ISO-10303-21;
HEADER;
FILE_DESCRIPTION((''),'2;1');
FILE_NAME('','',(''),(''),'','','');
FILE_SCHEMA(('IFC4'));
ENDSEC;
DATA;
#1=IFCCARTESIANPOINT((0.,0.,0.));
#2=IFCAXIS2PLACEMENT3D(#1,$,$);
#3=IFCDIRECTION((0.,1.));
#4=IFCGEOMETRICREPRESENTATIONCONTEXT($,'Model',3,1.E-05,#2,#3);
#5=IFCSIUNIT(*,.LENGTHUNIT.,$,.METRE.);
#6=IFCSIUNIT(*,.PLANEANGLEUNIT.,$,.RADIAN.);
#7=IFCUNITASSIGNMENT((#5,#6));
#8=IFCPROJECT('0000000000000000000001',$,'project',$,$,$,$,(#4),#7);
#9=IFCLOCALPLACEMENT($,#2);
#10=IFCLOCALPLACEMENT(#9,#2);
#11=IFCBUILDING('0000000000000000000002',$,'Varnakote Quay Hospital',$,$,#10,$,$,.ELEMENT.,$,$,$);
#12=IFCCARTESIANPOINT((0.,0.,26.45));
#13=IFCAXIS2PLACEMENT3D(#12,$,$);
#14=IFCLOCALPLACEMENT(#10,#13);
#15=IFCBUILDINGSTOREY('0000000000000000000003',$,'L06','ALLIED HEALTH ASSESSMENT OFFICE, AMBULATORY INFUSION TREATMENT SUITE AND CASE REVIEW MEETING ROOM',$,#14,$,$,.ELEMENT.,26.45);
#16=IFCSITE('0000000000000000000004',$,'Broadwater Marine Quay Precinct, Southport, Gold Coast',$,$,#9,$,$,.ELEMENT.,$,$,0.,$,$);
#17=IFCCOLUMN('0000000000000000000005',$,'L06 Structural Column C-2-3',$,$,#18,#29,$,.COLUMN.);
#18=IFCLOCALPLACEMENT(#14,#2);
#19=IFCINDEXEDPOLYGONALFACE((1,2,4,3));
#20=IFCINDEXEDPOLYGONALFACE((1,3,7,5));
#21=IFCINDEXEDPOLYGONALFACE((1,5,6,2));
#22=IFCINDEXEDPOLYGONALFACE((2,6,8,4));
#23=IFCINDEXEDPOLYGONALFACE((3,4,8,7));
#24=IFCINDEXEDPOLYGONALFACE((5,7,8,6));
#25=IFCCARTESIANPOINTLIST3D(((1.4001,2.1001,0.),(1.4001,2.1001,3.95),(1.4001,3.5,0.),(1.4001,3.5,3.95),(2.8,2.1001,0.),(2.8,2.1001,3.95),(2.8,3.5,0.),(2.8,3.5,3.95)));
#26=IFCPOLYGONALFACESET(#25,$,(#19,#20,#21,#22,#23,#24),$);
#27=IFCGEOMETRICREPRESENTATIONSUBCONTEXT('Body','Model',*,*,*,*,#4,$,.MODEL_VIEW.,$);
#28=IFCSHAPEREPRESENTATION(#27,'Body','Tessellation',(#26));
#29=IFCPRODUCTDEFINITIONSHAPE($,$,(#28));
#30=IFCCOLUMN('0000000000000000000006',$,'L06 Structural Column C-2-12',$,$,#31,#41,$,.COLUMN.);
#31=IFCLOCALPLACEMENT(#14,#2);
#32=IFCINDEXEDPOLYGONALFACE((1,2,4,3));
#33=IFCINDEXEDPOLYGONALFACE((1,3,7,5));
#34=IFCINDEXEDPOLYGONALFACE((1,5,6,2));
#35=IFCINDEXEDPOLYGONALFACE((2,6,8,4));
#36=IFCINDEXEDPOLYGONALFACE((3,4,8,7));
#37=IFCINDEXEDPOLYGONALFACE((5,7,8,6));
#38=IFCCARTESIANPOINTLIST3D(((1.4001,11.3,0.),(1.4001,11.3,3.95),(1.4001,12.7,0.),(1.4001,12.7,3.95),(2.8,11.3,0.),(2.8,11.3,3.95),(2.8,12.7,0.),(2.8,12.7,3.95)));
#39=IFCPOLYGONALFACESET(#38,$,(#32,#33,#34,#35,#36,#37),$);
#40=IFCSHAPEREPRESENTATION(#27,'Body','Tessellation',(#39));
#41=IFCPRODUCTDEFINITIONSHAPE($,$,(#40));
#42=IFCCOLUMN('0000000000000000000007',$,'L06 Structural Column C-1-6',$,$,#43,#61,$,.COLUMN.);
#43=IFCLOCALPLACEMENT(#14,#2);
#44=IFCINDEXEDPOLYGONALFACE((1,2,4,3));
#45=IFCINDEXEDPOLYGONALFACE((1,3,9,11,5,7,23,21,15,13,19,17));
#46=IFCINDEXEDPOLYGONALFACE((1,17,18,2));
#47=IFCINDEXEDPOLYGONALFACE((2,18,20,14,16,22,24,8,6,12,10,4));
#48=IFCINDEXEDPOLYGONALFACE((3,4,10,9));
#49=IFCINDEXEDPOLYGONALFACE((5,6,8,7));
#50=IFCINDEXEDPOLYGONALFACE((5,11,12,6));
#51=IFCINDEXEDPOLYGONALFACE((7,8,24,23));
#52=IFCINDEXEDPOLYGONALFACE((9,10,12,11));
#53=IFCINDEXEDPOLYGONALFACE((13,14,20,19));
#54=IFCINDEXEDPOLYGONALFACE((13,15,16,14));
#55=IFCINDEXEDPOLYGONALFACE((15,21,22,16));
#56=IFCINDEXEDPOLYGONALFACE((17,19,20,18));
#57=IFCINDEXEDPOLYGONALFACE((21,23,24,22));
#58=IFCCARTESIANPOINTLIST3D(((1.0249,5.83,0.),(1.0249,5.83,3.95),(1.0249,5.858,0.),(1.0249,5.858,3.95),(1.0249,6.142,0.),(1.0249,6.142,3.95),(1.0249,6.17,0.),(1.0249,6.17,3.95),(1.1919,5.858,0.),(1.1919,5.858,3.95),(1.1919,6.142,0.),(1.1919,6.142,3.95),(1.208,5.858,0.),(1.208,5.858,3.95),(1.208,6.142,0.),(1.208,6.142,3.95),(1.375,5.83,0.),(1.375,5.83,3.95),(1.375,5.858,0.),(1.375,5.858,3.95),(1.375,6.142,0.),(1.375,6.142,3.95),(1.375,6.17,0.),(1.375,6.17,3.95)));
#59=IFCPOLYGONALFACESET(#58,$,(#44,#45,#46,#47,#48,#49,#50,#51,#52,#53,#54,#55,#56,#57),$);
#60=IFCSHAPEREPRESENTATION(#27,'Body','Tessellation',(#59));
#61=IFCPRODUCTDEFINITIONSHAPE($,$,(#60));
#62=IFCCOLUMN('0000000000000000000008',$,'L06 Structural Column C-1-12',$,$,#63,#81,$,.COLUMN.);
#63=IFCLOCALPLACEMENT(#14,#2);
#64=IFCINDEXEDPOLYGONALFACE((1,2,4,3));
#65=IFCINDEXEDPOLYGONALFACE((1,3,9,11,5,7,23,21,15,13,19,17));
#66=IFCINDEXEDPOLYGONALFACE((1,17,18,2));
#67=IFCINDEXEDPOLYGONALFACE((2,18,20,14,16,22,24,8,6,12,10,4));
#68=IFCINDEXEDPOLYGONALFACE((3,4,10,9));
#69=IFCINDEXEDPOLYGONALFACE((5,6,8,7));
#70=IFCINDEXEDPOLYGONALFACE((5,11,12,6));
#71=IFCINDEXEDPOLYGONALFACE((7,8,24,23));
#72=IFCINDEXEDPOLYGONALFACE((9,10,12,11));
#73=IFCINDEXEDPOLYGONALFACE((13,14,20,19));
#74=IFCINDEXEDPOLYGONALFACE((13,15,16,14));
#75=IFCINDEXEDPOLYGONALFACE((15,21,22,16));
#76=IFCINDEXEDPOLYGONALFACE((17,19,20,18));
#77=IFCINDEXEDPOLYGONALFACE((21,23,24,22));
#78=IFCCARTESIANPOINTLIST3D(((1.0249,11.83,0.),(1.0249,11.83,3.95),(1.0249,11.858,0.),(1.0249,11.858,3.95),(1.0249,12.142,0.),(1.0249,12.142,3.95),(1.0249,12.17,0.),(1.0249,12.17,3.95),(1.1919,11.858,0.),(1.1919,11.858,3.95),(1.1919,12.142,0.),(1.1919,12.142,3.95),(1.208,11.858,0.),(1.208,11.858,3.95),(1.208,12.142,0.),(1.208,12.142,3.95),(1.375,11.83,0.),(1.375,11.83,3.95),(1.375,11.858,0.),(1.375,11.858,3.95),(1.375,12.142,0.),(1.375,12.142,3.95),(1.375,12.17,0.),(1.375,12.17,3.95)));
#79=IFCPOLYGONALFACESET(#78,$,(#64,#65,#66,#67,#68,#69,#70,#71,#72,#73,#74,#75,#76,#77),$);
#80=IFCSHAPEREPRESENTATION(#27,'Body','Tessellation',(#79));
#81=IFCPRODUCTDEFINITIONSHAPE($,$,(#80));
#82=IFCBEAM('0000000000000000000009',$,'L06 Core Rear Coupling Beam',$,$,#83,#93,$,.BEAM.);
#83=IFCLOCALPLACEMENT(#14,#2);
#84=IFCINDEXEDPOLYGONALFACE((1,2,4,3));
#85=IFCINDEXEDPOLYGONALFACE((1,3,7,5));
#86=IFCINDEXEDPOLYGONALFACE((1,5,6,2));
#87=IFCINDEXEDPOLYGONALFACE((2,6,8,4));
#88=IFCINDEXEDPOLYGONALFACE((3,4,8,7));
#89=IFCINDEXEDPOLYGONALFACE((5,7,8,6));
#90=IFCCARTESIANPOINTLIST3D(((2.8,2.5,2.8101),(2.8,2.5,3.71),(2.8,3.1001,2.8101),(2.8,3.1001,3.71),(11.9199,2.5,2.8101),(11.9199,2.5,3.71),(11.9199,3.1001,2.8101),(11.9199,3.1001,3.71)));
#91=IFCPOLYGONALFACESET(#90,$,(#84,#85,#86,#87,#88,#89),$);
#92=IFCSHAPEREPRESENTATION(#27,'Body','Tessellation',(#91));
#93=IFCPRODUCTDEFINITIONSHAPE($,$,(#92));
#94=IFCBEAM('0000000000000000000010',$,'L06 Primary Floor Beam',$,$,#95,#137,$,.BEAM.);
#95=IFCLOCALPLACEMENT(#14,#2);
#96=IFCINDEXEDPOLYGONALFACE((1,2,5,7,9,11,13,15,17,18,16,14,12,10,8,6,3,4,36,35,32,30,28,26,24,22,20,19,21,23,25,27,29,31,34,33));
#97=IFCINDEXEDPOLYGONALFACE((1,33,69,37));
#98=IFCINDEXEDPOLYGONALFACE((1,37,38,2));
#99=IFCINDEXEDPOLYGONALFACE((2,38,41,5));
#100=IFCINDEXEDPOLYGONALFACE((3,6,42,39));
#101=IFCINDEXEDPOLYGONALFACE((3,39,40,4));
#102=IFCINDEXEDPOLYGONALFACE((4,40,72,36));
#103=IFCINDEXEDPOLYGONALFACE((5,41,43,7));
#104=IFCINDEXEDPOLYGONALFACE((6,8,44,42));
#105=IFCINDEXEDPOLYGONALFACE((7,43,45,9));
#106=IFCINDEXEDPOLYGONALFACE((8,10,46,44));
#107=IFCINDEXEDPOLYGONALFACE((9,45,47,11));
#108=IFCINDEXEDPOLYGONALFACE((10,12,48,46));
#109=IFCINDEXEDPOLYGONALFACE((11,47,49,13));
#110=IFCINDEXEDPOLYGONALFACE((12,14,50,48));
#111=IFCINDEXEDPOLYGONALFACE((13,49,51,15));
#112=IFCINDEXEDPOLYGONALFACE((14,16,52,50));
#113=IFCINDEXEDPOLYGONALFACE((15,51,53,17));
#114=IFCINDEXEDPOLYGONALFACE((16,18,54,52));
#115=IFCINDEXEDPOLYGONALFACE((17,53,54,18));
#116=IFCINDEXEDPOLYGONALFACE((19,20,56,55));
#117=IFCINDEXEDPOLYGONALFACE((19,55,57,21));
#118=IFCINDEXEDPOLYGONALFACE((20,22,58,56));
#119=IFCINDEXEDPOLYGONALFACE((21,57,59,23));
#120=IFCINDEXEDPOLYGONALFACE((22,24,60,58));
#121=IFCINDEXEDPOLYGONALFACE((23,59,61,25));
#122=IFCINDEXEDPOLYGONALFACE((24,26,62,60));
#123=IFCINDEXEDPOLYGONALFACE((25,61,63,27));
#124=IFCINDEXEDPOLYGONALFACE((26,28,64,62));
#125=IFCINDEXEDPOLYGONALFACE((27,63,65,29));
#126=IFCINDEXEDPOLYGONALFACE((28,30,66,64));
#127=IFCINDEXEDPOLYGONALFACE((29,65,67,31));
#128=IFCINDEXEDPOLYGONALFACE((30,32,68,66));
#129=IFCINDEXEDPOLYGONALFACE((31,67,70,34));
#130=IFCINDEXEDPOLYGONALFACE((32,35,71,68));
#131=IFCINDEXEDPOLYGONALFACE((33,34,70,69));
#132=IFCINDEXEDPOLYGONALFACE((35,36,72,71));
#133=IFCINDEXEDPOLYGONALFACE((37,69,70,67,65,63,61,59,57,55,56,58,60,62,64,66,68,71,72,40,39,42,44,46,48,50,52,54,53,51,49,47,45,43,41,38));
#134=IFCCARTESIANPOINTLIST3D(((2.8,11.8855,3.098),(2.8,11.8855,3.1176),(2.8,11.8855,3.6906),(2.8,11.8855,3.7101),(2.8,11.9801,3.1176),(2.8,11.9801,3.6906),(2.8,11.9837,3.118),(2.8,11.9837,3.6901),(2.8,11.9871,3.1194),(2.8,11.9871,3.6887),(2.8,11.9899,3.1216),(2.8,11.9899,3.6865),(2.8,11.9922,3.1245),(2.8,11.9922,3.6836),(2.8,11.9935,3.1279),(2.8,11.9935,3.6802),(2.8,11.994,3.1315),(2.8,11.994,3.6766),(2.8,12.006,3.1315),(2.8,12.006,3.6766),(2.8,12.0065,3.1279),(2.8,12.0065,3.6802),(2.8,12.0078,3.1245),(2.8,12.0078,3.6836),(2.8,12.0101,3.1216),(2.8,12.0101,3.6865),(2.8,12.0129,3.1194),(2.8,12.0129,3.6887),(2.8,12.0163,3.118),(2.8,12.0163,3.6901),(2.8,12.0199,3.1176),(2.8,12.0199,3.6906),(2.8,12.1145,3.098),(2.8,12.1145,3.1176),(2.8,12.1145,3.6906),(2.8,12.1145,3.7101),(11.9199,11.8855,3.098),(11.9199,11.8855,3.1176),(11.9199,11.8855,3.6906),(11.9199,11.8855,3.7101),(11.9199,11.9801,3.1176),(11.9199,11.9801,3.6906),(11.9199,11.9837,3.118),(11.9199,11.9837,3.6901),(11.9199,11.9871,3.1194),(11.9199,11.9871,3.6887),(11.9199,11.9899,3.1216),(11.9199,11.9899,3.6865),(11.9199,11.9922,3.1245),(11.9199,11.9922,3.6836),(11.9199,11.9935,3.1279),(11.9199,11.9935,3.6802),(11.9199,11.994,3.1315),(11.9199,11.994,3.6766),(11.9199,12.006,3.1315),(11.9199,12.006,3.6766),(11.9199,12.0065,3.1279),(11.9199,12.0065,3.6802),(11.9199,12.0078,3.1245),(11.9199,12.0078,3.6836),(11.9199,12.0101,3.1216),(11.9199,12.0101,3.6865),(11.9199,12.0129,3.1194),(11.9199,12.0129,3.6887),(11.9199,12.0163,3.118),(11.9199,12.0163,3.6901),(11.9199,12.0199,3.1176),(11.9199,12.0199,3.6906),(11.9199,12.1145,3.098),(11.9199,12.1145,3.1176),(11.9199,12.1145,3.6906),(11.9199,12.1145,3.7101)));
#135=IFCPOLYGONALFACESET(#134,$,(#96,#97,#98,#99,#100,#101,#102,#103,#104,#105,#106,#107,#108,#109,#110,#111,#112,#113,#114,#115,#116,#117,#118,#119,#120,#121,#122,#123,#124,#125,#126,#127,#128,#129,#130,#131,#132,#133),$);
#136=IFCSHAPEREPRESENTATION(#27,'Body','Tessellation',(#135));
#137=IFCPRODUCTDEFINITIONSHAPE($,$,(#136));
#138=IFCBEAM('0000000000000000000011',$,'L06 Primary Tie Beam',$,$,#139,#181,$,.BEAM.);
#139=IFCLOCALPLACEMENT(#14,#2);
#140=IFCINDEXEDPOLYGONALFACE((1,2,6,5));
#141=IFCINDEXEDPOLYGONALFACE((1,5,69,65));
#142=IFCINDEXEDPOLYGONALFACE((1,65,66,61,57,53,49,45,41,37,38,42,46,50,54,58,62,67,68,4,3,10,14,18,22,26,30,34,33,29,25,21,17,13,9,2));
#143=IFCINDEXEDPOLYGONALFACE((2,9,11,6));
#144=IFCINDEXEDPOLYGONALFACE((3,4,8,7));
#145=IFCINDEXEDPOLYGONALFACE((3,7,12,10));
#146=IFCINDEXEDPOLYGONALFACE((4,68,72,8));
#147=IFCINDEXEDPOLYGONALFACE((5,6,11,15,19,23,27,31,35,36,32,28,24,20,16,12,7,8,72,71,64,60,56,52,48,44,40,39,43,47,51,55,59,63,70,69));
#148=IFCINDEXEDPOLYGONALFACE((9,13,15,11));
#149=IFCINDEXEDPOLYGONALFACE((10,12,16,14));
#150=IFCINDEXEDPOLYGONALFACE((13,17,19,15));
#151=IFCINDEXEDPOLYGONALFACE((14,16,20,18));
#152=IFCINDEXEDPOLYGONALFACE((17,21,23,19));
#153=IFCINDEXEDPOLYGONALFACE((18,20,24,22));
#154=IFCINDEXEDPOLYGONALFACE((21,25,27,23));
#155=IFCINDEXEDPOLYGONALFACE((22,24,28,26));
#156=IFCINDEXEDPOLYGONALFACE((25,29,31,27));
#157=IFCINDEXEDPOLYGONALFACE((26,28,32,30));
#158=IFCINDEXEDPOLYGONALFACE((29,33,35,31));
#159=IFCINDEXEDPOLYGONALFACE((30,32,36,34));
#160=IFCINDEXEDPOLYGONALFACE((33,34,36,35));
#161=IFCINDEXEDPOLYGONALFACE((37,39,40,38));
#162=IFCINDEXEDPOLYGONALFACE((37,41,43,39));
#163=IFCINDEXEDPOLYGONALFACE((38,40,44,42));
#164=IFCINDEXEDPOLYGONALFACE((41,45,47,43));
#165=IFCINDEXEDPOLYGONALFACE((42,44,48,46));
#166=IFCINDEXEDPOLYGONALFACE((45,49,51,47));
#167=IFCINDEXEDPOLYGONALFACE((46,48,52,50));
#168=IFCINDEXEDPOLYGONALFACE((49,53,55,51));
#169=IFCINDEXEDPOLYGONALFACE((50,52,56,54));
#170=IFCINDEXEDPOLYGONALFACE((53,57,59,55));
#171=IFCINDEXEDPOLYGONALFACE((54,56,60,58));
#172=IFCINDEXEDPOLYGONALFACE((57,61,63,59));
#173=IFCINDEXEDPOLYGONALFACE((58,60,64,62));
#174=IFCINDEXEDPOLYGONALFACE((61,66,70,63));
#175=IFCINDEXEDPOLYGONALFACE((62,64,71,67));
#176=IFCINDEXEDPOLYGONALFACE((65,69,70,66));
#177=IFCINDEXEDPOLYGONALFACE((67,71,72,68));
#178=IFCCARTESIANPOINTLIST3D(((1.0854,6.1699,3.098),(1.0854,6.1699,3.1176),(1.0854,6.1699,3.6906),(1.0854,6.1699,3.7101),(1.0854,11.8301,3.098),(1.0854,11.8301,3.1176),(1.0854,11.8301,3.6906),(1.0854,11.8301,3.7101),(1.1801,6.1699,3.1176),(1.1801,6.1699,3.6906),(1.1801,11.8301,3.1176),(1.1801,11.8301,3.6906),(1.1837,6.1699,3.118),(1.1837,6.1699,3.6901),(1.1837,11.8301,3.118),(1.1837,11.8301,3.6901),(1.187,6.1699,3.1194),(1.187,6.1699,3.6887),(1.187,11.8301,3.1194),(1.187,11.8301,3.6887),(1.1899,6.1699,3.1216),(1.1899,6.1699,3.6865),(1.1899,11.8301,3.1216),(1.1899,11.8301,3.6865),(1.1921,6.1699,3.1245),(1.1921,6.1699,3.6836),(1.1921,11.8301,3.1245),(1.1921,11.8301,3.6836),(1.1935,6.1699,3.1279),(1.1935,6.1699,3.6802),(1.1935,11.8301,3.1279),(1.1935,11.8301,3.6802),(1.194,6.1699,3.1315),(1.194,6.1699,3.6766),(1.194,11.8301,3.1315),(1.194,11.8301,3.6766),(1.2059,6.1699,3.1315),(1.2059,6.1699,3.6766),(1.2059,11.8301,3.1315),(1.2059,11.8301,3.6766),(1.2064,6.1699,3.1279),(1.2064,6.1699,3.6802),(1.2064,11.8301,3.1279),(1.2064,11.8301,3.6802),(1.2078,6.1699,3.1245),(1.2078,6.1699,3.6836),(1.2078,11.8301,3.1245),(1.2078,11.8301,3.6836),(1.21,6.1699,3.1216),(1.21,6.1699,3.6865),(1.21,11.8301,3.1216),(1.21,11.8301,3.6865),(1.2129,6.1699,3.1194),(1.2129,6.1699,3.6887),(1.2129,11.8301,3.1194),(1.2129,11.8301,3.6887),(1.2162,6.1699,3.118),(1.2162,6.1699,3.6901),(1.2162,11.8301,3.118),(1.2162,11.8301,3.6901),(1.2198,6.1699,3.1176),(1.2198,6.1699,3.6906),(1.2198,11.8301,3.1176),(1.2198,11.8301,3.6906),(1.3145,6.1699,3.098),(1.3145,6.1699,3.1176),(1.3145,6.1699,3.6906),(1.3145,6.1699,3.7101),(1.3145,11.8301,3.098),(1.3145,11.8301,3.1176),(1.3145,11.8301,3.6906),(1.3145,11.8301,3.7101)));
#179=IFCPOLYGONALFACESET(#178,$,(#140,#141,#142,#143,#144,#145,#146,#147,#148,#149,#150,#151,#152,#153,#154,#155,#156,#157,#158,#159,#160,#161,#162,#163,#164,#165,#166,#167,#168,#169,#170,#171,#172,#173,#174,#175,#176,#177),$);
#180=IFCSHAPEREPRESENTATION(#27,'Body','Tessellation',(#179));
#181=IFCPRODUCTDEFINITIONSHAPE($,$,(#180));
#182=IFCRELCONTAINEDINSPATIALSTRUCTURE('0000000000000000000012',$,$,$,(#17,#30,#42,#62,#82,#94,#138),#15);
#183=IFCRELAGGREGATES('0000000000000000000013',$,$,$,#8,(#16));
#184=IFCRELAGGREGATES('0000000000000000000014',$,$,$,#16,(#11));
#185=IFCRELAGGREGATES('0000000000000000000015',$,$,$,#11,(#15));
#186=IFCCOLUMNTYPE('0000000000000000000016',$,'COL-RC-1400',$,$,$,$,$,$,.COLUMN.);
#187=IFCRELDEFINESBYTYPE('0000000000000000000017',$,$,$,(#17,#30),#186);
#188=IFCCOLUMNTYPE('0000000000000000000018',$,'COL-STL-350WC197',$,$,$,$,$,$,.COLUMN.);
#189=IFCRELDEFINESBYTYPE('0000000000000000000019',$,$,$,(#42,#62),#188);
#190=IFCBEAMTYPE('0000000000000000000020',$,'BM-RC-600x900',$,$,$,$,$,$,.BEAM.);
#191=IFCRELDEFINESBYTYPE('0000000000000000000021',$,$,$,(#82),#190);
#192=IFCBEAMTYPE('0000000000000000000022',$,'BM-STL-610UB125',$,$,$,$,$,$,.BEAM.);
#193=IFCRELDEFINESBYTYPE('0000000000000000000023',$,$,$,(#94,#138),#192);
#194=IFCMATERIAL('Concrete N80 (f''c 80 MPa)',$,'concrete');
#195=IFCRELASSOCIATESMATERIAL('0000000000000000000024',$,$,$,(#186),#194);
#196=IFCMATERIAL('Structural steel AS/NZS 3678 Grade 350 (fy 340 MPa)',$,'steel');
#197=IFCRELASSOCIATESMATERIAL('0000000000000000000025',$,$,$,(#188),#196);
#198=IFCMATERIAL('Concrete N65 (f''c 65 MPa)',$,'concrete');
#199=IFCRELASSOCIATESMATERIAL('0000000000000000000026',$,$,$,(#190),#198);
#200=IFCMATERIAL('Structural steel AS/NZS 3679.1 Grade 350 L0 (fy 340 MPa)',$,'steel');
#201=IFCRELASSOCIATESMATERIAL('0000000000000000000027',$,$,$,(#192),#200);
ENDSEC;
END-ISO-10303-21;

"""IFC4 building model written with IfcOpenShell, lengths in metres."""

from ifc_helpers import new_model, si_unit, direction, frame, origin, origin_2d, place, context, subcontext, project, spatial, rectangle, i_section, extrude, material, material_profile, profile_set, type_object, element, save


model = new_model("IFC4")

# Units and contexts
model_context = context("Model", 3, precision=1e-05, world=origin(), true_north=direction((0.0, 1.0)))
body_context = subcontext(model_context, "Body", "Model", "MODEL_VIEW")
ifc_project = project(units=[si_unit("LENGTHUNIT", "METRE"), si_unit("PLANEANGLEUNIT", "RADIAN")], contexts=[model_context])

# Site, building, storey
site_placement = place(None, origin())
site = spatial("IfcSite", under=ifc_project, at=site_placement, Name="Broadwater Marine Quay Precinct, Southport, Gold Coast", CompositionType="ELEMENT", RefElevation=0.0)
building_placement = place(site_placement, origin())
building = spatial("IfcBuilding", under=site, at=building_placement, Name="Varnakote Quay Hospital", CompositionType="ELEMENT")
storey_placement = place(building_placement, frame((0.0, 0.0, 26.45)))
storey = spatial("IfcBuildingStorey", under=building, at=storey_placement, Name="L06", Description="ALLIED HEALTH ASSESSMENT OFFICE, AMBULATORY INFUSION TREATMENT SUITE AND CASE REVIEW MEETING ROOM", CompositionType="ELEMENT", Elevation=26.45)

# Columns
ifc_material_1 = material(Name="Concrete N80 (f'c 80 MPa)", Category="concrete")
ifc_material_profile_1 = material_profile(ifc_material_1, rectangle(XDim=1.3999, YDim=1.3999, at=origin_2d()), Name="RC-COL-1400x1400")
ifc_profile_set_1 = profile_set([ifc_material_profile_1], Name="Concrete N80 (f'c 80 MPa)")
column_type_1 = type_object("IfcColumnType", Name="COL-RC-1400", PredefinedType="COLUMN", material=ifc_profile_set_1)
for number, where, z_axis, x_axis, name in (
    (1, (2.1001, 2.8, 0.0), (0.0, 0.0, 1.0), (1.0, 0.0, 0.0), "L06 Structural Column C-2-3"),
    (2, (2.1001, 12.0, 0.0), (0.0, 0.0, 1.0), (1.0, 0.0, 0.0), "L06 Structural Column C-2-12"),
):
    element("IfcColumn", number, at=place(storey_placement, frame(where, z_axis=z_axis, x_axis=x_axis)), inside=storey, type_object=column_type_1, Name=name, PredefinedType="COLUMN", context=body_context, shape_type="SweptSolid", body=[
        extrude(rectangle(XDim=1.3999, YDim=1.3999, at=origin_2d()), origin(), (0.0, 0.0, 1.0), 3.95),
    ])
ifc_material_2 = material(Name="Structural steel AS/NZS 3678 Grade 350 (fy 340 MPa)", Category="steel")
ifc_material_profile_2 = material_profile(ifc_material_2, i_section(OverallWidth=0.3501, OverallDepth=0.3401, WebThickness=0.0161, FlangeThickness=0.0281, at=origin_2d()), Name="350WC197")
ifc_profile_set_2 = profile_set([ifc_material_profile_2], Name="Structural steel AS/NZS 3678 Grade 350 (fy 340 MPa)")
column_type_2 = type_object("IfcColumnType", Name="COL-STL-350WC197", PredefinedType="COLUMN", material=ifc_profile_set_2)
for number, where, z_axis, x_axis, name in (
    (3, (1.2, 6.0, 0.0), (0.0, 0.0, 1.0), (1.0, 0.0, 0.0), "L06 Structural Column C-1-6"),
    (4, (1.2, 12.0, 0.0), (0.0, 0.0, 1.0), (1.0, 0.0, 0.0), "L06 Structural Column C-1-12"),
):
    element("IfcColumn", number, at=place(storey_placement, frame(where, z_axis=z_axis, x_axis=x_axis)), inside=storey, type_object=column_type_2, Name=name, PredefinedType="COLUMN", context=body_context, shape_type="SweptSolid", body=[
        extrude(i_section(OverallWidth=0.3501, OverallDepth=0.3401, WebThickness=0.0161, FlangeThickness=0.0281, at=origin_2d()), origin(), (0.0, 0.0, 1.0), 3.95),
    ])

# Beams
ifc_material_3 = material(Name="Concrete N65 (f'c 65 MPa)", Category="concrete")
ifc_material_profile_3 = material_profile(ifc_material_3, rectangle(XDim=0.6001, YDim=0.8999, at=origin_2d()), Name="RC-BM-600x900")
ifc_profile_set_3 = profile_set([ifc_material_profile_3], Name="Concrete N65 (f'c 65 MPa)")
beam_type_1 = type_object("IfcBeamType", Name="BM-RC-600x900", PredefinedType="BEAM", material=ifc_profile_set_3)
beam_1_placement = place(storey_placement, frame((2.8, 2.8, 3.26), z_axis=(1.0, 0.0, 0.0), x_axis=(0.0, 1.0, 0.0)))
element("IfcBeam", 5, at=beam_1_placement, inside=storey, type_object=beam_type_1, Name="L06 Core Rear Coupling Beam", PredefinedType="BEAM", context=body_context, shape_type="SweptSolid", body=[
    extrude(rectangle(XDim=0.6001, YDim=0.8999, at=origin_2d()), origin(), (0.0, 0.0, 1.0), 9.1199),
])
ifc_material_4 = material(Name="Structural steel AS/NZS 3679.1 Grade 350 L0 (fy 340 MPa)", Category="steel")
ifc_material_profile_4 = material_profile(ifc_material_4, i_section(OverallWidth=0.229, OverallDepth=0.6121, WebThickness=0.012, FlangeThickness=0.0195, FilletRadius=0.0139, at=origin_2d()), Name="610UB125")
ifc_profile_set_4 = profile_set([ifc_material_profile_4], Name="Structural steel AS/NZS 3679.1 Grade 350 L0 (fy 340 MPa)")
beam_type_2 = type_object("IfcBeamType", Name="BM-STL-610UB125", PredefinedType="BEAM", material=ifc_profile_set_4)
beam_2_placement = place(storey_placement, frame((2.8, 12.0, 3.4041), z_axis=(1.0, 0.0, 0.0), x_axis=(0.0, 1.0, 0.0)))
element("IfcBeam", 6, at=beam_2_placement, inside=storey, type_object=beam_type_2, Name="L06 Primary Floor Beam", PredefinedType="BEAM", context=body_context, shape_type="SweptSolid", body=[
    extrude(i_section(OverallWidth=0.229, OverallDepth=0.6121, WebThickness=0.012, FlangeThickness=0.0195, FilletRadius=0.0139, at=origin_2d()), origin(), (0.0, 0.0, 1.0), 9.1199),
])
beam_3_placement = place(storey_placement, frame((1.2, 6.1699, 3.4041), z_axis=(0.0, 1.0, 0.0), x_axis=(-1.0, 0.0, 0.0)))
element("IfcBeam", 7, at=beam_3_placement, inside=storey, type_object=beam_type_2, Name="L06 Primary Tie Beam", PredefinedType="BEAM", context=body_context, shape_type="SweptSolid", body=[
    extrude(i_section(OverallWidth=0.229, OverallDepth=0.6121, WebThickness=0.012, FlangeThickness=0.0195, FilletRadius=0.0139, at=origin_2d()), origin(), (0.0, 0.0, 1.0), 5.6602),
])

save(model, "model.ifc")
